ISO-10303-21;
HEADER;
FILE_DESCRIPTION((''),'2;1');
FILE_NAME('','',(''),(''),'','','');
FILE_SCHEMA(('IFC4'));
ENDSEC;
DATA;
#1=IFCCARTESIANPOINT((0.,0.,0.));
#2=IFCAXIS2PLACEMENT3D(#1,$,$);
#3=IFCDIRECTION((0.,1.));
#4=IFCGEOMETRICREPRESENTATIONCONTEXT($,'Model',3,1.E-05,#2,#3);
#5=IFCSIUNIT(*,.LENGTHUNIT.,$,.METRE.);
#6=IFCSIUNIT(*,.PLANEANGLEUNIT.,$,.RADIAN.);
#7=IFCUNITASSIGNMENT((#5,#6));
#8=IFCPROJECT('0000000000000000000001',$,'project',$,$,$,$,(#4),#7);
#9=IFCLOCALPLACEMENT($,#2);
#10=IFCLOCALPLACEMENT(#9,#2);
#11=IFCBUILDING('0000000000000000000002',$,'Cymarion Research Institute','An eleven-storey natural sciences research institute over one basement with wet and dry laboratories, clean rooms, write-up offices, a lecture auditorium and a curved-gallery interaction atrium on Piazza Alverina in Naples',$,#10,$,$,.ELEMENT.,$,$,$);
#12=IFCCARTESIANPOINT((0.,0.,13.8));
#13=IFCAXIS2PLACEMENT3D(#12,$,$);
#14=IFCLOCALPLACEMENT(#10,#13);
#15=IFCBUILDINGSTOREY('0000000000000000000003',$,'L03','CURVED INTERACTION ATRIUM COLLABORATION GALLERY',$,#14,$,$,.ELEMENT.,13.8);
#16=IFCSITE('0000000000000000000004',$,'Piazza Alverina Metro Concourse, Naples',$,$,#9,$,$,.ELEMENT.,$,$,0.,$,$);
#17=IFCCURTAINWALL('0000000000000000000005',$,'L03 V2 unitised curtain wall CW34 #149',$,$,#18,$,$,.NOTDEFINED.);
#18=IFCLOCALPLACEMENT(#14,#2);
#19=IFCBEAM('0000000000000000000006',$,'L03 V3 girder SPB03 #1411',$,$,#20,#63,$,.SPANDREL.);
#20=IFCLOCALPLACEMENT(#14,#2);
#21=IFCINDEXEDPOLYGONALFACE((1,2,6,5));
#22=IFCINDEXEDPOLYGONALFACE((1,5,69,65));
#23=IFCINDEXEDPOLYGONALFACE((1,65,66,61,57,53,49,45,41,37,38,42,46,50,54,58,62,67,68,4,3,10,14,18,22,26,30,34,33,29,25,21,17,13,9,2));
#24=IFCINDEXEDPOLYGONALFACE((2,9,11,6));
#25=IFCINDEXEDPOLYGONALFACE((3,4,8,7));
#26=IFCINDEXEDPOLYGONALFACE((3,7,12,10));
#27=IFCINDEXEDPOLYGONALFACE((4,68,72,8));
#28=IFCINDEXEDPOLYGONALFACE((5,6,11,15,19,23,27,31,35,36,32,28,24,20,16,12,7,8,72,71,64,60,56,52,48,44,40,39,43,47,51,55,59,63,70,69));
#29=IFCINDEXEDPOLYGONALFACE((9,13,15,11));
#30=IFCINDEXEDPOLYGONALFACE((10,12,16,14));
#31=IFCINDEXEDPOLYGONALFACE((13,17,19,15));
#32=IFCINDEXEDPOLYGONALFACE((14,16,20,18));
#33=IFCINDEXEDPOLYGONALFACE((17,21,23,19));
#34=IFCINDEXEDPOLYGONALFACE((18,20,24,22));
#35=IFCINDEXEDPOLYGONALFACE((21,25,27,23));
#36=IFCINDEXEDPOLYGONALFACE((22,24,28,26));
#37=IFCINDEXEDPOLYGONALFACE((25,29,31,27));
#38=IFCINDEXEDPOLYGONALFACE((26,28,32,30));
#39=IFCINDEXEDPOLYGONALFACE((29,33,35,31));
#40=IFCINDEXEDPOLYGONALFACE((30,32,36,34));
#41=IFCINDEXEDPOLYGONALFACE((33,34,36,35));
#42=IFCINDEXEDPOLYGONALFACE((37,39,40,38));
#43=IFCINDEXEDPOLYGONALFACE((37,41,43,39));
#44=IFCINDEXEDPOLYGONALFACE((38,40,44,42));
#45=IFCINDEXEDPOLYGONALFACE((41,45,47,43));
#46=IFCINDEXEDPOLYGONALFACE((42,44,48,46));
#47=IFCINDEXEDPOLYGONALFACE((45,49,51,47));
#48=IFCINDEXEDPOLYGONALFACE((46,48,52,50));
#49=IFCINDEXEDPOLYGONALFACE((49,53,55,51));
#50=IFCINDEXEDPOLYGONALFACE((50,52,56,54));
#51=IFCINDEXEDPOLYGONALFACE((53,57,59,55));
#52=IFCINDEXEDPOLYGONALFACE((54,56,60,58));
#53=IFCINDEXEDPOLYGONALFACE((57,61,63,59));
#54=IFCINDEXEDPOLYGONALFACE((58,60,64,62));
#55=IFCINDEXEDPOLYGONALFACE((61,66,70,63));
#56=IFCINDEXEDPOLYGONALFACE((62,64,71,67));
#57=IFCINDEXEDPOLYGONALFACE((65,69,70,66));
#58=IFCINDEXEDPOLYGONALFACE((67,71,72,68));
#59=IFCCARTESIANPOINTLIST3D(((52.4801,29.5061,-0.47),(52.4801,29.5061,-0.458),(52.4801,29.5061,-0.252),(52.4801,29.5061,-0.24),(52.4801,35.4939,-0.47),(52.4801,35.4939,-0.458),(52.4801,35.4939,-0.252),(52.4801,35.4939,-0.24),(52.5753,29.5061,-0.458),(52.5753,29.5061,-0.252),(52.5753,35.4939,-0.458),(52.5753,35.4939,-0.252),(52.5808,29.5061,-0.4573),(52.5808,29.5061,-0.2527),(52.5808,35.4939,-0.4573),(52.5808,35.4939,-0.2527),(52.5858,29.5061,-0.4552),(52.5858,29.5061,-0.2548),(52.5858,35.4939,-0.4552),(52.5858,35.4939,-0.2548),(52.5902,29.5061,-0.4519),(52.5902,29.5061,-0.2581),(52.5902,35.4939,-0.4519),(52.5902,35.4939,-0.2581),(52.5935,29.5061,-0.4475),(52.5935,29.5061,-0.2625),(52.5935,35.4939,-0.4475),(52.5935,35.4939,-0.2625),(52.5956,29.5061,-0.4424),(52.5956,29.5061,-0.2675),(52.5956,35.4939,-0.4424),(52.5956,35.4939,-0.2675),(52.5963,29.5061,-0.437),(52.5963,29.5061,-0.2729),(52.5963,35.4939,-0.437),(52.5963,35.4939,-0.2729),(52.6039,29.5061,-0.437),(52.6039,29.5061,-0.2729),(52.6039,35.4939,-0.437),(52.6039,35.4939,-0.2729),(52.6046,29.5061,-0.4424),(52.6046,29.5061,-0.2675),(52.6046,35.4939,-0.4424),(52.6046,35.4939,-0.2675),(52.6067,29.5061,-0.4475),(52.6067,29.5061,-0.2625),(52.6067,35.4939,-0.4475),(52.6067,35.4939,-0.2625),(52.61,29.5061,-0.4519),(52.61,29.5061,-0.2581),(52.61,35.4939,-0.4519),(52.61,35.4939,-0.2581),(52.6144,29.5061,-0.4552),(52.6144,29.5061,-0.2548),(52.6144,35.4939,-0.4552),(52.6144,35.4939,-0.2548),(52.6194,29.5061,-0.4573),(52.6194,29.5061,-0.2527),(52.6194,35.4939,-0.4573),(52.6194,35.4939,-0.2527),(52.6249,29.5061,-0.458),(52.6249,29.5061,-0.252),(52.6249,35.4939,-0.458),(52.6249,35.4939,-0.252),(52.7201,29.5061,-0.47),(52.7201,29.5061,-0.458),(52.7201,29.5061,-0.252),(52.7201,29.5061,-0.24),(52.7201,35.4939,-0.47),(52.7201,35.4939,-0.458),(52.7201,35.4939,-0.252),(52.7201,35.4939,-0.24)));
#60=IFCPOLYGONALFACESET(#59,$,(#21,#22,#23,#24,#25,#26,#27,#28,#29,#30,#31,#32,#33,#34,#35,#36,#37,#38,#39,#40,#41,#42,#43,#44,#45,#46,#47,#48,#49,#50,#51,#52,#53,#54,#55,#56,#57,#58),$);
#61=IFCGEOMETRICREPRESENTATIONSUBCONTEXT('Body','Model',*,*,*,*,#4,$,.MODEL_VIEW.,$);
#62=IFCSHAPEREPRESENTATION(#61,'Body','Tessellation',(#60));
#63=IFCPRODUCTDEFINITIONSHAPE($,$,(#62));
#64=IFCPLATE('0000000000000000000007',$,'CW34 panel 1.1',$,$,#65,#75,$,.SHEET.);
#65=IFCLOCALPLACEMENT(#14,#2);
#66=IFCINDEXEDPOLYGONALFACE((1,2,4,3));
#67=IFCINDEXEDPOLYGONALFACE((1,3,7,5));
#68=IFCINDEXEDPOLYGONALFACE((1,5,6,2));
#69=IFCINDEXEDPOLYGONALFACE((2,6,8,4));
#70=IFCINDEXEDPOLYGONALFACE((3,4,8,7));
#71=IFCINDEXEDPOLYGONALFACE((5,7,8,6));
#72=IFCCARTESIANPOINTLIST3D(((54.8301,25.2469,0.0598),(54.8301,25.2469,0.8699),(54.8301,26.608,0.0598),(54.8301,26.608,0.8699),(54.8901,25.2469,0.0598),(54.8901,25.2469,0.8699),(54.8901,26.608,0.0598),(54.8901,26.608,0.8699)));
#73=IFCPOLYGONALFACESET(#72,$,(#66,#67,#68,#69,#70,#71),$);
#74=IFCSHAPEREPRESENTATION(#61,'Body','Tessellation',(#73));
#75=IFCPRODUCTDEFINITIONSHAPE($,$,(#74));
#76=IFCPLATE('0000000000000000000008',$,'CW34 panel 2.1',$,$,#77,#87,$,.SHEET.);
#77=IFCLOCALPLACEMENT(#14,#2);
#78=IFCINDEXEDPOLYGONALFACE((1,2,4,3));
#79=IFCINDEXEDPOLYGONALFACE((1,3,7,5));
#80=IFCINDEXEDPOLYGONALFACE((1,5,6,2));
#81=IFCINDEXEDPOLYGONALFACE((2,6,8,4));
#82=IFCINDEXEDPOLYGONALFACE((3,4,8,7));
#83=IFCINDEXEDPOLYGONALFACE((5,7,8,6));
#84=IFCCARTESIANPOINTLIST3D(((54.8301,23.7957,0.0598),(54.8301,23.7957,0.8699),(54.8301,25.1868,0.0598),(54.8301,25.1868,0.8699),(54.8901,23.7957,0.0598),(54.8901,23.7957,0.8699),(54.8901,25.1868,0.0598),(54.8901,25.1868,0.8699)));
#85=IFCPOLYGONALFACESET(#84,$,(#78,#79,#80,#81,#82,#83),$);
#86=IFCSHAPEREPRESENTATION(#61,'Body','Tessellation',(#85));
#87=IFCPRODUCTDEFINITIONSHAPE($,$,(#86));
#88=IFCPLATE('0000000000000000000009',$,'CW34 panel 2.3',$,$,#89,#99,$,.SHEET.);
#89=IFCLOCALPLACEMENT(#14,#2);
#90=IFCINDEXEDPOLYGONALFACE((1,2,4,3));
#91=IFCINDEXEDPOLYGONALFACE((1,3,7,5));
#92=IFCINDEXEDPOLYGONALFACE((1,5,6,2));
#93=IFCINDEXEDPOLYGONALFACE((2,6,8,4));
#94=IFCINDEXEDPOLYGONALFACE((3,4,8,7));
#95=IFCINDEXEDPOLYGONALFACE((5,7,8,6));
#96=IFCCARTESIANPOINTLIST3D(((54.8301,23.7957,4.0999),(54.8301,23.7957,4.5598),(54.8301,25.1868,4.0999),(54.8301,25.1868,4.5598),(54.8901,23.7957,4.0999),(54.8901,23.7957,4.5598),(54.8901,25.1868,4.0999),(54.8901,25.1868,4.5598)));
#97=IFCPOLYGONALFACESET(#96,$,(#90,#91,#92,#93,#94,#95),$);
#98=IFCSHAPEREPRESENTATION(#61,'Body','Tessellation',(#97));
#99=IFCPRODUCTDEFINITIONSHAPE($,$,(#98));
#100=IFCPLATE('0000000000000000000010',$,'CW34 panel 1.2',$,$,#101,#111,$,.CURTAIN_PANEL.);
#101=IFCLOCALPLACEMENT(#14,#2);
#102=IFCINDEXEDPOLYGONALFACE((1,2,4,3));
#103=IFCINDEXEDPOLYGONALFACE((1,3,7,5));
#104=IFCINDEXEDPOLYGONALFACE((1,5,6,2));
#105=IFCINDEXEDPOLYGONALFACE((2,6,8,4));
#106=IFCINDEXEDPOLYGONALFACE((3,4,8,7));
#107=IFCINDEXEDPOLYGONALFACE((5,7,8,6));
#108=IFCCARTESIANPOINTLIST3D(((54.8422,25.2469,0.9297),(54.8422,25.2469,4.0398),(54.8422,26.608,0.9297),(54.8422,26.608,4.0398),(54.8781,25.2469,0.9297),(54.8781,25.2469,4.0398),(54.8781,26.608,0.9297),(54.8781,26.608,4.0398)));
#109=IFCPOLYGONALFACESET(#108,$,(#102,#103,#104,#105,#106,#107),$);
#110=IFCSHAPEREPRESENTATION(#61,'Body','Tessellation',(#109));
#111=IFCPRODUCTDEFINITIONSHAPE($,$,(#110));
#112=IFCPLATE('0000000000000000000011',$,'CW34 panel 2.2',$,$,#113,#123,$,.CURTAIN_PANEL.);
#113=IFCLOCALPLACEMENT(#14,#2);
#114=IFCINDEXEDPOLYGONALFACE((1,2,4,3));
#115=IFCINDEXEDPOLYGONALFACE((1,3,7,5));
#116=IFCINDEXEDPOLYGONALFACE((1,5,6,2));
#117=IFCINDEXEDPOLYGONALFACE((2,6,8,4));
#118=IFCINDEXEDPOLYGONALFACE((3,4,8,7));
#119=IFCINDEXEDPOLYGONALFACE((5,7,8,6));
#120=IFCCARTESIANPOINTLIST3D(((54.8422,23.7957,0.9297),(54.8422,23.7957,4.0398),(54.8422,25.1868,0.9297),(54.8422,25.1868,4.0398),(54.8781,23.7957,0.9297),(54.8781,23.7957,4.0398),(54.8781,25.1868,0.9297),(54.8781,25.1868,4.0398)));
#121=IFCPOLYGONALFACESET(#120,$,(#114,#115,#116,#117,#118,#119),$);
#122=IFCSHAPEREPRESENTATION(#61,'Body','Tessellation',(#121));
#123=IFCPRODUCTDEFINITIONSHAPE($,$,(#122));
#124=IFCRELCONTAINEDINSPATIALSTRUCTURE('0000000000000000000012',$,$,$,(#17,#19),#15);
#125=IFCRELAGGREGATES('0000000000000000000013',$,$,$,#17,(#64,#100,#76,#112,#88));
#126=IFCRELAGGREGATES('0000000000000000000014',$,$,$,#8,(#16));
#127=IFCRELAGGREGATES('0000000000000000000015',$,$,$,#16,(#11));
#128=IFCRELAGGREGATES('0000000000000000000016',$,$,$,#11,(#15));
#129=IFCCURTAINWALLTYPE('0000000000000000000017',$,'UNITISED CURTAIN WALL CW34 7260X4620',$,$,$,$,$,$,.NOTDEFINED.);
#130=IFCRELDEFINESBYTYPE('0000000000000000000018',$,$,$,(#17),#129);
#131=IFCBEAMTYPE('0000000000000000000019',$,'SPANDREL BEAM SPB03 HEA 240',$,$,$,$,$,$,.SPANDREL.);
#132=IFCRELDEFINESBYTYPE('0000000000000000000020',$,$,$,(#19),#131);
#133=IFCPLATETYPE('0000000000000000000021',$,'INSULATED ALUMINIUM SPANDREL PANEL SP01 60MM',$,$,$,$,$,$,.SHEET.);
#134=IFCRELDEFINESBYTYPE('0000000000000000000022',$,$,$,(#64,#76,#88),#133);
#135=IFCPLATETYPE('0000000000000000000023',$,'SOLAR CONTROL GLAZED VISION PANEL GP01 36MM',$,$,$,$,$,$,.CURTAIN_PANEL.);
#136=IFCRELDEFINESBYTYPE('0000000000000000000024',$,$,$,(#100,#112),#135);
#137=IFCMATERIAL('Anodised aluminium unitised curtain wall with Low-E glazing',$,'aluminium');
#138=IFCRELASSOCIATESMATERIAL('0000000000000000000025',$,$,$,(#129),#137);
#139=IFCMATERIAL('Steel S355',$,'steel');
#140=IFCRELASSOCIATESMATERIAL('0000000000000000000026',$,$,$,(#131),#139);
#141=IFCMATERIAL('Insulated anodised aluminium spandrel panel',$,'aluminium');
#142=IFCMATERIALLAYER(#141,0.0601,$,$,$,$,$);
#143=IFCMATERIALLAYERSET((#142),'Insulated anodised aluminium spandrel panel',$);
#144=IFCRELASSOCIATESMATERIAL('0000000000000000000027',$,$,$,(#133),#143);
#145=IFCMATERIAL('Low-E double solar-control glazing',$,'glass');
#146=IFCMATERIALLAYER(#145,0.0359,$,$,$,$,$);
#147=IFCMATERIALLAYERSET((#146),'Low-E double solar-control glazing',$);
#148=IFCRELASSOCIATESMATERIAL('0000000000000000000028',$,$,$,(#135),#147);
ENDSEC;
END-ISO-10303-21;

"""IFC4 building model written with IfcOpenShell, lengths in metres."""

from ifc_helpers import new_model, si_unit, direction, frame, origin, origin_2d, place, context, subcontext, project, spatial, rectangle, i_section, extrude, material, layer, layer_set, material_profile, profile_set, type_object, element, aggregate, save


model = new_model("IFC4")

# Units and contexts
model_context = context("Model", 3, precision=1e-05, world=origin(), true_north=direction((0.0, 1.0)))
body_context = subcontext(model_context, "Body", "Model", "MODEL_VIEW")
ifc_project = project(units=[si_unit("LENGTHUNIT", "METRE"), si_unit("PLANEANGLEUNIT", "RADIAN")], contexts=[model_context])

# Site, building, storey
site_placement = place(None, origin())
site = spatial("IfcSite", under=ifc_project, at=site_placement, Name="Piazza Alverina Metro Concourse, Naples", CompositionType="ELEMENT", RefElevation=0.0)
building_placement = place(site_placement, origin())
building = spatial("IfcBuilding", under=site, at=building_placement, Name="Cymarion Research Institute", Description="An eleven-storey natural sciences research institute over one basement with wet and dry laboratories, clean rooms, write-up offices, a lecture auditorium and a curved-gallery interaction atrium on Piazza Alverina in Naples", CompositionType="ELEMENT")
storey_placement = place(building_placement, frame((0.0, 0.0, 13.8)))
storey = spatial("IfcBuildingStorey", under=building, at=storey_placement, Name="L03", Description="CURVED INTERACTION ATRIUM COLLABORATION GALLERY", CompositionType="ELEMENT", Elevation=13.8)

# Curtain wall
ifc_material_1 = material(Name="Anodised aluminium unitised curtain wall with Low-E glazing", Category="aluminium")
curtain_wall_type = type_object("IfcCurtainWallType", Name="UNITISED CURTAIN WALL CW34 7260X4620", PredefinedType="NOTDEFINED", material=ifc_material_1)
curtain_wall_placement = place(storey_placement, origin())
curtain_wall = element("IfcCurtainWall", 1, at=curtain_wall_placement, inside=storey, type_object=curtain_wall_type, Name="L03 V2 unitised curtain wall CW34 #149", PredefinedType="NOTDEFINED")

# Beam
ifc_material_2 = material(Name="Steel S355", Category="steel")
ifc_material_profile_1 = material_profile(ifc_material_2, i_section(OverallWidth=0.24, OverallDepth=0.23, WebThickness=0.0076, FlangeThickness=0.012, FilletRadius=0.021, at=origin_2d()), Name="HEA 240")
ifc_profile_set_1 = profile_set([ifc_material_profile_1], Name="Steel S355")
beam_type_1 = type_object("IfcBeamType", Name="SPANDREL BEAM SPB03 HEA 240", PredefinedType="SPANDREL", material=ifc_profile_set_1)
for number, where, z_axis, x_axis, name in (
    (2, (52.6001, 29.5061, -0.355), (0.0, 1.0, 0.0), (-1.0, 0.0, 0.0), "L03 V3 girder SPB03 #1411"),
):
    element("IfcBeam", number, at=place(storey_placement, frame(where, z_axis=z_axis, x_axis=x_axis)), inside=storey, type_object=beam_type_1, Name=name, PredefinedType="SPANDREL", context=body_context, shape_type="SweptSolid", body=[
        extrude(i_section(OverallWidth=0.24, OverallDepth=0.23, WebThickness=0.0076, FlangeThickness=0.012, FilletRadius=0.021, at=origin_2d()), origin(), (0.0, 0.0, 1.0), 5.9878),
    ])

# Plates
ifc_material_3 = material(Name="Insulated anodised aluminium spandrel panel", Category="aluminium")
ifc_layer_1 = layer(ifc_material_3, 0.0601)
ifc_layer_set_1 = layer_set([ifc_layer_1], Name="Insulated anodised aluminium spandrel panel")
plate_type_1 = type_object("IfcPlateType", Name="INSULATED ALUMINIUM SPANDREL PANEL SP01 60MM", PredefinedType="SHEET", material=ifc_layer_set_1)
plate_1_placement = place(storey_placement, frame((54.8601, 25.9275, 0.0598), z_axis=(0.0, 0.0, 1.0), x_axis=(0.0, -1.0, 0.0)))
plate_1 = element("IfcPlate", 3, at=plate_1_placement, type_object=plate_type_1, Name="CW34 panel 1.1", PredefinedType="SHEET", context=body_context, shape_type="SweptSolid", body=[
    extrude(rectangle(XDim=1.3611, YDim=0.0601, at=origin_2d()), origin(), (0.0, 0.0, 1.0), 0.8101),
])
plate_2_placement = place(storey_placement, frame((54.8601, 24.4912, 0.0598), z_axis=(0.0, 0.0, 1.0), x_axis=(0.0, -1.0, 0.0)))
plate_2 = element("IfcPlate", 4, at=plate_2_placement, type_object=plate_type_1, Name="CW34 panel 2.1", PredefinedType="SHEET", context=body_context, shape_type="SweptSolid", body=[
    extrude(rectangle(XDim=1.3911, YDim=0.0601, at=origin_2d()), origin(), (0.0, 0.0, 1.0), 0.8101),
])
plate_3_placement = place(storey_placement, frame((54.8601, 24.4912, 4.0999), z_axis=(0.0, 0.0, 1.0), x_axis=(0.0, -1.0, 0.0)))
plate_3 = element("IfcPlate", 5, at=plate_3_placement, type_object=plate_type_1, Name="CW34 panel 2.3", PredefinedType="SHEET", context=body_context, shape_type="SweptSolid", body=[
    extrude(rectangle(XDim=1.3911, YDim=0.0601, at=origin_2d()), origin(), (0.0, 0.0, 1.0), 0.46),
])
ifc_material_4 = material(Name="Low-E double solar-control glazing", Category="glass")
ifc_layer_2 = layer(ifc_material_4, 0.0359)
ifc_layer_set_2 = layer_set([ifc_layer_2], Name="Low-E double solar-control glazing")
plate_type_2 = type_object("IfcPlateType", Name="SOLAR CONTROL GLAZED VISION PANEL GP01 36MM", PredefinedType="CURTAIN_PANEL", material=ifc_layer_set_2)
plate_4_placement = place(storey_placement, frame((54.8601, 25.9275, 0.9297), z_axis=(0.0, 0.0, 1.0), x_axis=(0.0, -1.0, 0.0)))
plate_4 = element("IfcPlate", 6, at=plate_4_placement, type_object=plate_type_2, Name="CW34 panel 1.2", PredefinedType="CURTAIN_PANEL", context=body_context, shape_type="SweptSolid", body=[
    extrude(rectangle(XDim=1.3611, YDim=0.0359, at=origin_2d()), origin(), (0.0, 0.0, 1.0), 3.1101),
])
plate_5_placement = place(storey_placement, frame((54.8601, 24.4912, 0.9297), z_axis=(0.0, 0.0, 1.0), x_axis=(0.0, -1.0, 0.0)))
plate_5 = element("IfcPlate", 7, at=plate_5_placement, type_object=plate_type_2, Name="CW34 panel 2.2", PredefinedType="CURTAIN_PANEL", context=body_context, shape_type="SweptSolid", body=[
    extrude(rectangle(XDim=1.3911, YDim=0.0359, at=origin_2d()), origin(), (0.0, 0.0, 1.0), 3.1101),
])
aggregate(curtain_wall, [plate_1, plate_4, plate_2, plate_5, plate_3])

save(model, "model.ifc")
